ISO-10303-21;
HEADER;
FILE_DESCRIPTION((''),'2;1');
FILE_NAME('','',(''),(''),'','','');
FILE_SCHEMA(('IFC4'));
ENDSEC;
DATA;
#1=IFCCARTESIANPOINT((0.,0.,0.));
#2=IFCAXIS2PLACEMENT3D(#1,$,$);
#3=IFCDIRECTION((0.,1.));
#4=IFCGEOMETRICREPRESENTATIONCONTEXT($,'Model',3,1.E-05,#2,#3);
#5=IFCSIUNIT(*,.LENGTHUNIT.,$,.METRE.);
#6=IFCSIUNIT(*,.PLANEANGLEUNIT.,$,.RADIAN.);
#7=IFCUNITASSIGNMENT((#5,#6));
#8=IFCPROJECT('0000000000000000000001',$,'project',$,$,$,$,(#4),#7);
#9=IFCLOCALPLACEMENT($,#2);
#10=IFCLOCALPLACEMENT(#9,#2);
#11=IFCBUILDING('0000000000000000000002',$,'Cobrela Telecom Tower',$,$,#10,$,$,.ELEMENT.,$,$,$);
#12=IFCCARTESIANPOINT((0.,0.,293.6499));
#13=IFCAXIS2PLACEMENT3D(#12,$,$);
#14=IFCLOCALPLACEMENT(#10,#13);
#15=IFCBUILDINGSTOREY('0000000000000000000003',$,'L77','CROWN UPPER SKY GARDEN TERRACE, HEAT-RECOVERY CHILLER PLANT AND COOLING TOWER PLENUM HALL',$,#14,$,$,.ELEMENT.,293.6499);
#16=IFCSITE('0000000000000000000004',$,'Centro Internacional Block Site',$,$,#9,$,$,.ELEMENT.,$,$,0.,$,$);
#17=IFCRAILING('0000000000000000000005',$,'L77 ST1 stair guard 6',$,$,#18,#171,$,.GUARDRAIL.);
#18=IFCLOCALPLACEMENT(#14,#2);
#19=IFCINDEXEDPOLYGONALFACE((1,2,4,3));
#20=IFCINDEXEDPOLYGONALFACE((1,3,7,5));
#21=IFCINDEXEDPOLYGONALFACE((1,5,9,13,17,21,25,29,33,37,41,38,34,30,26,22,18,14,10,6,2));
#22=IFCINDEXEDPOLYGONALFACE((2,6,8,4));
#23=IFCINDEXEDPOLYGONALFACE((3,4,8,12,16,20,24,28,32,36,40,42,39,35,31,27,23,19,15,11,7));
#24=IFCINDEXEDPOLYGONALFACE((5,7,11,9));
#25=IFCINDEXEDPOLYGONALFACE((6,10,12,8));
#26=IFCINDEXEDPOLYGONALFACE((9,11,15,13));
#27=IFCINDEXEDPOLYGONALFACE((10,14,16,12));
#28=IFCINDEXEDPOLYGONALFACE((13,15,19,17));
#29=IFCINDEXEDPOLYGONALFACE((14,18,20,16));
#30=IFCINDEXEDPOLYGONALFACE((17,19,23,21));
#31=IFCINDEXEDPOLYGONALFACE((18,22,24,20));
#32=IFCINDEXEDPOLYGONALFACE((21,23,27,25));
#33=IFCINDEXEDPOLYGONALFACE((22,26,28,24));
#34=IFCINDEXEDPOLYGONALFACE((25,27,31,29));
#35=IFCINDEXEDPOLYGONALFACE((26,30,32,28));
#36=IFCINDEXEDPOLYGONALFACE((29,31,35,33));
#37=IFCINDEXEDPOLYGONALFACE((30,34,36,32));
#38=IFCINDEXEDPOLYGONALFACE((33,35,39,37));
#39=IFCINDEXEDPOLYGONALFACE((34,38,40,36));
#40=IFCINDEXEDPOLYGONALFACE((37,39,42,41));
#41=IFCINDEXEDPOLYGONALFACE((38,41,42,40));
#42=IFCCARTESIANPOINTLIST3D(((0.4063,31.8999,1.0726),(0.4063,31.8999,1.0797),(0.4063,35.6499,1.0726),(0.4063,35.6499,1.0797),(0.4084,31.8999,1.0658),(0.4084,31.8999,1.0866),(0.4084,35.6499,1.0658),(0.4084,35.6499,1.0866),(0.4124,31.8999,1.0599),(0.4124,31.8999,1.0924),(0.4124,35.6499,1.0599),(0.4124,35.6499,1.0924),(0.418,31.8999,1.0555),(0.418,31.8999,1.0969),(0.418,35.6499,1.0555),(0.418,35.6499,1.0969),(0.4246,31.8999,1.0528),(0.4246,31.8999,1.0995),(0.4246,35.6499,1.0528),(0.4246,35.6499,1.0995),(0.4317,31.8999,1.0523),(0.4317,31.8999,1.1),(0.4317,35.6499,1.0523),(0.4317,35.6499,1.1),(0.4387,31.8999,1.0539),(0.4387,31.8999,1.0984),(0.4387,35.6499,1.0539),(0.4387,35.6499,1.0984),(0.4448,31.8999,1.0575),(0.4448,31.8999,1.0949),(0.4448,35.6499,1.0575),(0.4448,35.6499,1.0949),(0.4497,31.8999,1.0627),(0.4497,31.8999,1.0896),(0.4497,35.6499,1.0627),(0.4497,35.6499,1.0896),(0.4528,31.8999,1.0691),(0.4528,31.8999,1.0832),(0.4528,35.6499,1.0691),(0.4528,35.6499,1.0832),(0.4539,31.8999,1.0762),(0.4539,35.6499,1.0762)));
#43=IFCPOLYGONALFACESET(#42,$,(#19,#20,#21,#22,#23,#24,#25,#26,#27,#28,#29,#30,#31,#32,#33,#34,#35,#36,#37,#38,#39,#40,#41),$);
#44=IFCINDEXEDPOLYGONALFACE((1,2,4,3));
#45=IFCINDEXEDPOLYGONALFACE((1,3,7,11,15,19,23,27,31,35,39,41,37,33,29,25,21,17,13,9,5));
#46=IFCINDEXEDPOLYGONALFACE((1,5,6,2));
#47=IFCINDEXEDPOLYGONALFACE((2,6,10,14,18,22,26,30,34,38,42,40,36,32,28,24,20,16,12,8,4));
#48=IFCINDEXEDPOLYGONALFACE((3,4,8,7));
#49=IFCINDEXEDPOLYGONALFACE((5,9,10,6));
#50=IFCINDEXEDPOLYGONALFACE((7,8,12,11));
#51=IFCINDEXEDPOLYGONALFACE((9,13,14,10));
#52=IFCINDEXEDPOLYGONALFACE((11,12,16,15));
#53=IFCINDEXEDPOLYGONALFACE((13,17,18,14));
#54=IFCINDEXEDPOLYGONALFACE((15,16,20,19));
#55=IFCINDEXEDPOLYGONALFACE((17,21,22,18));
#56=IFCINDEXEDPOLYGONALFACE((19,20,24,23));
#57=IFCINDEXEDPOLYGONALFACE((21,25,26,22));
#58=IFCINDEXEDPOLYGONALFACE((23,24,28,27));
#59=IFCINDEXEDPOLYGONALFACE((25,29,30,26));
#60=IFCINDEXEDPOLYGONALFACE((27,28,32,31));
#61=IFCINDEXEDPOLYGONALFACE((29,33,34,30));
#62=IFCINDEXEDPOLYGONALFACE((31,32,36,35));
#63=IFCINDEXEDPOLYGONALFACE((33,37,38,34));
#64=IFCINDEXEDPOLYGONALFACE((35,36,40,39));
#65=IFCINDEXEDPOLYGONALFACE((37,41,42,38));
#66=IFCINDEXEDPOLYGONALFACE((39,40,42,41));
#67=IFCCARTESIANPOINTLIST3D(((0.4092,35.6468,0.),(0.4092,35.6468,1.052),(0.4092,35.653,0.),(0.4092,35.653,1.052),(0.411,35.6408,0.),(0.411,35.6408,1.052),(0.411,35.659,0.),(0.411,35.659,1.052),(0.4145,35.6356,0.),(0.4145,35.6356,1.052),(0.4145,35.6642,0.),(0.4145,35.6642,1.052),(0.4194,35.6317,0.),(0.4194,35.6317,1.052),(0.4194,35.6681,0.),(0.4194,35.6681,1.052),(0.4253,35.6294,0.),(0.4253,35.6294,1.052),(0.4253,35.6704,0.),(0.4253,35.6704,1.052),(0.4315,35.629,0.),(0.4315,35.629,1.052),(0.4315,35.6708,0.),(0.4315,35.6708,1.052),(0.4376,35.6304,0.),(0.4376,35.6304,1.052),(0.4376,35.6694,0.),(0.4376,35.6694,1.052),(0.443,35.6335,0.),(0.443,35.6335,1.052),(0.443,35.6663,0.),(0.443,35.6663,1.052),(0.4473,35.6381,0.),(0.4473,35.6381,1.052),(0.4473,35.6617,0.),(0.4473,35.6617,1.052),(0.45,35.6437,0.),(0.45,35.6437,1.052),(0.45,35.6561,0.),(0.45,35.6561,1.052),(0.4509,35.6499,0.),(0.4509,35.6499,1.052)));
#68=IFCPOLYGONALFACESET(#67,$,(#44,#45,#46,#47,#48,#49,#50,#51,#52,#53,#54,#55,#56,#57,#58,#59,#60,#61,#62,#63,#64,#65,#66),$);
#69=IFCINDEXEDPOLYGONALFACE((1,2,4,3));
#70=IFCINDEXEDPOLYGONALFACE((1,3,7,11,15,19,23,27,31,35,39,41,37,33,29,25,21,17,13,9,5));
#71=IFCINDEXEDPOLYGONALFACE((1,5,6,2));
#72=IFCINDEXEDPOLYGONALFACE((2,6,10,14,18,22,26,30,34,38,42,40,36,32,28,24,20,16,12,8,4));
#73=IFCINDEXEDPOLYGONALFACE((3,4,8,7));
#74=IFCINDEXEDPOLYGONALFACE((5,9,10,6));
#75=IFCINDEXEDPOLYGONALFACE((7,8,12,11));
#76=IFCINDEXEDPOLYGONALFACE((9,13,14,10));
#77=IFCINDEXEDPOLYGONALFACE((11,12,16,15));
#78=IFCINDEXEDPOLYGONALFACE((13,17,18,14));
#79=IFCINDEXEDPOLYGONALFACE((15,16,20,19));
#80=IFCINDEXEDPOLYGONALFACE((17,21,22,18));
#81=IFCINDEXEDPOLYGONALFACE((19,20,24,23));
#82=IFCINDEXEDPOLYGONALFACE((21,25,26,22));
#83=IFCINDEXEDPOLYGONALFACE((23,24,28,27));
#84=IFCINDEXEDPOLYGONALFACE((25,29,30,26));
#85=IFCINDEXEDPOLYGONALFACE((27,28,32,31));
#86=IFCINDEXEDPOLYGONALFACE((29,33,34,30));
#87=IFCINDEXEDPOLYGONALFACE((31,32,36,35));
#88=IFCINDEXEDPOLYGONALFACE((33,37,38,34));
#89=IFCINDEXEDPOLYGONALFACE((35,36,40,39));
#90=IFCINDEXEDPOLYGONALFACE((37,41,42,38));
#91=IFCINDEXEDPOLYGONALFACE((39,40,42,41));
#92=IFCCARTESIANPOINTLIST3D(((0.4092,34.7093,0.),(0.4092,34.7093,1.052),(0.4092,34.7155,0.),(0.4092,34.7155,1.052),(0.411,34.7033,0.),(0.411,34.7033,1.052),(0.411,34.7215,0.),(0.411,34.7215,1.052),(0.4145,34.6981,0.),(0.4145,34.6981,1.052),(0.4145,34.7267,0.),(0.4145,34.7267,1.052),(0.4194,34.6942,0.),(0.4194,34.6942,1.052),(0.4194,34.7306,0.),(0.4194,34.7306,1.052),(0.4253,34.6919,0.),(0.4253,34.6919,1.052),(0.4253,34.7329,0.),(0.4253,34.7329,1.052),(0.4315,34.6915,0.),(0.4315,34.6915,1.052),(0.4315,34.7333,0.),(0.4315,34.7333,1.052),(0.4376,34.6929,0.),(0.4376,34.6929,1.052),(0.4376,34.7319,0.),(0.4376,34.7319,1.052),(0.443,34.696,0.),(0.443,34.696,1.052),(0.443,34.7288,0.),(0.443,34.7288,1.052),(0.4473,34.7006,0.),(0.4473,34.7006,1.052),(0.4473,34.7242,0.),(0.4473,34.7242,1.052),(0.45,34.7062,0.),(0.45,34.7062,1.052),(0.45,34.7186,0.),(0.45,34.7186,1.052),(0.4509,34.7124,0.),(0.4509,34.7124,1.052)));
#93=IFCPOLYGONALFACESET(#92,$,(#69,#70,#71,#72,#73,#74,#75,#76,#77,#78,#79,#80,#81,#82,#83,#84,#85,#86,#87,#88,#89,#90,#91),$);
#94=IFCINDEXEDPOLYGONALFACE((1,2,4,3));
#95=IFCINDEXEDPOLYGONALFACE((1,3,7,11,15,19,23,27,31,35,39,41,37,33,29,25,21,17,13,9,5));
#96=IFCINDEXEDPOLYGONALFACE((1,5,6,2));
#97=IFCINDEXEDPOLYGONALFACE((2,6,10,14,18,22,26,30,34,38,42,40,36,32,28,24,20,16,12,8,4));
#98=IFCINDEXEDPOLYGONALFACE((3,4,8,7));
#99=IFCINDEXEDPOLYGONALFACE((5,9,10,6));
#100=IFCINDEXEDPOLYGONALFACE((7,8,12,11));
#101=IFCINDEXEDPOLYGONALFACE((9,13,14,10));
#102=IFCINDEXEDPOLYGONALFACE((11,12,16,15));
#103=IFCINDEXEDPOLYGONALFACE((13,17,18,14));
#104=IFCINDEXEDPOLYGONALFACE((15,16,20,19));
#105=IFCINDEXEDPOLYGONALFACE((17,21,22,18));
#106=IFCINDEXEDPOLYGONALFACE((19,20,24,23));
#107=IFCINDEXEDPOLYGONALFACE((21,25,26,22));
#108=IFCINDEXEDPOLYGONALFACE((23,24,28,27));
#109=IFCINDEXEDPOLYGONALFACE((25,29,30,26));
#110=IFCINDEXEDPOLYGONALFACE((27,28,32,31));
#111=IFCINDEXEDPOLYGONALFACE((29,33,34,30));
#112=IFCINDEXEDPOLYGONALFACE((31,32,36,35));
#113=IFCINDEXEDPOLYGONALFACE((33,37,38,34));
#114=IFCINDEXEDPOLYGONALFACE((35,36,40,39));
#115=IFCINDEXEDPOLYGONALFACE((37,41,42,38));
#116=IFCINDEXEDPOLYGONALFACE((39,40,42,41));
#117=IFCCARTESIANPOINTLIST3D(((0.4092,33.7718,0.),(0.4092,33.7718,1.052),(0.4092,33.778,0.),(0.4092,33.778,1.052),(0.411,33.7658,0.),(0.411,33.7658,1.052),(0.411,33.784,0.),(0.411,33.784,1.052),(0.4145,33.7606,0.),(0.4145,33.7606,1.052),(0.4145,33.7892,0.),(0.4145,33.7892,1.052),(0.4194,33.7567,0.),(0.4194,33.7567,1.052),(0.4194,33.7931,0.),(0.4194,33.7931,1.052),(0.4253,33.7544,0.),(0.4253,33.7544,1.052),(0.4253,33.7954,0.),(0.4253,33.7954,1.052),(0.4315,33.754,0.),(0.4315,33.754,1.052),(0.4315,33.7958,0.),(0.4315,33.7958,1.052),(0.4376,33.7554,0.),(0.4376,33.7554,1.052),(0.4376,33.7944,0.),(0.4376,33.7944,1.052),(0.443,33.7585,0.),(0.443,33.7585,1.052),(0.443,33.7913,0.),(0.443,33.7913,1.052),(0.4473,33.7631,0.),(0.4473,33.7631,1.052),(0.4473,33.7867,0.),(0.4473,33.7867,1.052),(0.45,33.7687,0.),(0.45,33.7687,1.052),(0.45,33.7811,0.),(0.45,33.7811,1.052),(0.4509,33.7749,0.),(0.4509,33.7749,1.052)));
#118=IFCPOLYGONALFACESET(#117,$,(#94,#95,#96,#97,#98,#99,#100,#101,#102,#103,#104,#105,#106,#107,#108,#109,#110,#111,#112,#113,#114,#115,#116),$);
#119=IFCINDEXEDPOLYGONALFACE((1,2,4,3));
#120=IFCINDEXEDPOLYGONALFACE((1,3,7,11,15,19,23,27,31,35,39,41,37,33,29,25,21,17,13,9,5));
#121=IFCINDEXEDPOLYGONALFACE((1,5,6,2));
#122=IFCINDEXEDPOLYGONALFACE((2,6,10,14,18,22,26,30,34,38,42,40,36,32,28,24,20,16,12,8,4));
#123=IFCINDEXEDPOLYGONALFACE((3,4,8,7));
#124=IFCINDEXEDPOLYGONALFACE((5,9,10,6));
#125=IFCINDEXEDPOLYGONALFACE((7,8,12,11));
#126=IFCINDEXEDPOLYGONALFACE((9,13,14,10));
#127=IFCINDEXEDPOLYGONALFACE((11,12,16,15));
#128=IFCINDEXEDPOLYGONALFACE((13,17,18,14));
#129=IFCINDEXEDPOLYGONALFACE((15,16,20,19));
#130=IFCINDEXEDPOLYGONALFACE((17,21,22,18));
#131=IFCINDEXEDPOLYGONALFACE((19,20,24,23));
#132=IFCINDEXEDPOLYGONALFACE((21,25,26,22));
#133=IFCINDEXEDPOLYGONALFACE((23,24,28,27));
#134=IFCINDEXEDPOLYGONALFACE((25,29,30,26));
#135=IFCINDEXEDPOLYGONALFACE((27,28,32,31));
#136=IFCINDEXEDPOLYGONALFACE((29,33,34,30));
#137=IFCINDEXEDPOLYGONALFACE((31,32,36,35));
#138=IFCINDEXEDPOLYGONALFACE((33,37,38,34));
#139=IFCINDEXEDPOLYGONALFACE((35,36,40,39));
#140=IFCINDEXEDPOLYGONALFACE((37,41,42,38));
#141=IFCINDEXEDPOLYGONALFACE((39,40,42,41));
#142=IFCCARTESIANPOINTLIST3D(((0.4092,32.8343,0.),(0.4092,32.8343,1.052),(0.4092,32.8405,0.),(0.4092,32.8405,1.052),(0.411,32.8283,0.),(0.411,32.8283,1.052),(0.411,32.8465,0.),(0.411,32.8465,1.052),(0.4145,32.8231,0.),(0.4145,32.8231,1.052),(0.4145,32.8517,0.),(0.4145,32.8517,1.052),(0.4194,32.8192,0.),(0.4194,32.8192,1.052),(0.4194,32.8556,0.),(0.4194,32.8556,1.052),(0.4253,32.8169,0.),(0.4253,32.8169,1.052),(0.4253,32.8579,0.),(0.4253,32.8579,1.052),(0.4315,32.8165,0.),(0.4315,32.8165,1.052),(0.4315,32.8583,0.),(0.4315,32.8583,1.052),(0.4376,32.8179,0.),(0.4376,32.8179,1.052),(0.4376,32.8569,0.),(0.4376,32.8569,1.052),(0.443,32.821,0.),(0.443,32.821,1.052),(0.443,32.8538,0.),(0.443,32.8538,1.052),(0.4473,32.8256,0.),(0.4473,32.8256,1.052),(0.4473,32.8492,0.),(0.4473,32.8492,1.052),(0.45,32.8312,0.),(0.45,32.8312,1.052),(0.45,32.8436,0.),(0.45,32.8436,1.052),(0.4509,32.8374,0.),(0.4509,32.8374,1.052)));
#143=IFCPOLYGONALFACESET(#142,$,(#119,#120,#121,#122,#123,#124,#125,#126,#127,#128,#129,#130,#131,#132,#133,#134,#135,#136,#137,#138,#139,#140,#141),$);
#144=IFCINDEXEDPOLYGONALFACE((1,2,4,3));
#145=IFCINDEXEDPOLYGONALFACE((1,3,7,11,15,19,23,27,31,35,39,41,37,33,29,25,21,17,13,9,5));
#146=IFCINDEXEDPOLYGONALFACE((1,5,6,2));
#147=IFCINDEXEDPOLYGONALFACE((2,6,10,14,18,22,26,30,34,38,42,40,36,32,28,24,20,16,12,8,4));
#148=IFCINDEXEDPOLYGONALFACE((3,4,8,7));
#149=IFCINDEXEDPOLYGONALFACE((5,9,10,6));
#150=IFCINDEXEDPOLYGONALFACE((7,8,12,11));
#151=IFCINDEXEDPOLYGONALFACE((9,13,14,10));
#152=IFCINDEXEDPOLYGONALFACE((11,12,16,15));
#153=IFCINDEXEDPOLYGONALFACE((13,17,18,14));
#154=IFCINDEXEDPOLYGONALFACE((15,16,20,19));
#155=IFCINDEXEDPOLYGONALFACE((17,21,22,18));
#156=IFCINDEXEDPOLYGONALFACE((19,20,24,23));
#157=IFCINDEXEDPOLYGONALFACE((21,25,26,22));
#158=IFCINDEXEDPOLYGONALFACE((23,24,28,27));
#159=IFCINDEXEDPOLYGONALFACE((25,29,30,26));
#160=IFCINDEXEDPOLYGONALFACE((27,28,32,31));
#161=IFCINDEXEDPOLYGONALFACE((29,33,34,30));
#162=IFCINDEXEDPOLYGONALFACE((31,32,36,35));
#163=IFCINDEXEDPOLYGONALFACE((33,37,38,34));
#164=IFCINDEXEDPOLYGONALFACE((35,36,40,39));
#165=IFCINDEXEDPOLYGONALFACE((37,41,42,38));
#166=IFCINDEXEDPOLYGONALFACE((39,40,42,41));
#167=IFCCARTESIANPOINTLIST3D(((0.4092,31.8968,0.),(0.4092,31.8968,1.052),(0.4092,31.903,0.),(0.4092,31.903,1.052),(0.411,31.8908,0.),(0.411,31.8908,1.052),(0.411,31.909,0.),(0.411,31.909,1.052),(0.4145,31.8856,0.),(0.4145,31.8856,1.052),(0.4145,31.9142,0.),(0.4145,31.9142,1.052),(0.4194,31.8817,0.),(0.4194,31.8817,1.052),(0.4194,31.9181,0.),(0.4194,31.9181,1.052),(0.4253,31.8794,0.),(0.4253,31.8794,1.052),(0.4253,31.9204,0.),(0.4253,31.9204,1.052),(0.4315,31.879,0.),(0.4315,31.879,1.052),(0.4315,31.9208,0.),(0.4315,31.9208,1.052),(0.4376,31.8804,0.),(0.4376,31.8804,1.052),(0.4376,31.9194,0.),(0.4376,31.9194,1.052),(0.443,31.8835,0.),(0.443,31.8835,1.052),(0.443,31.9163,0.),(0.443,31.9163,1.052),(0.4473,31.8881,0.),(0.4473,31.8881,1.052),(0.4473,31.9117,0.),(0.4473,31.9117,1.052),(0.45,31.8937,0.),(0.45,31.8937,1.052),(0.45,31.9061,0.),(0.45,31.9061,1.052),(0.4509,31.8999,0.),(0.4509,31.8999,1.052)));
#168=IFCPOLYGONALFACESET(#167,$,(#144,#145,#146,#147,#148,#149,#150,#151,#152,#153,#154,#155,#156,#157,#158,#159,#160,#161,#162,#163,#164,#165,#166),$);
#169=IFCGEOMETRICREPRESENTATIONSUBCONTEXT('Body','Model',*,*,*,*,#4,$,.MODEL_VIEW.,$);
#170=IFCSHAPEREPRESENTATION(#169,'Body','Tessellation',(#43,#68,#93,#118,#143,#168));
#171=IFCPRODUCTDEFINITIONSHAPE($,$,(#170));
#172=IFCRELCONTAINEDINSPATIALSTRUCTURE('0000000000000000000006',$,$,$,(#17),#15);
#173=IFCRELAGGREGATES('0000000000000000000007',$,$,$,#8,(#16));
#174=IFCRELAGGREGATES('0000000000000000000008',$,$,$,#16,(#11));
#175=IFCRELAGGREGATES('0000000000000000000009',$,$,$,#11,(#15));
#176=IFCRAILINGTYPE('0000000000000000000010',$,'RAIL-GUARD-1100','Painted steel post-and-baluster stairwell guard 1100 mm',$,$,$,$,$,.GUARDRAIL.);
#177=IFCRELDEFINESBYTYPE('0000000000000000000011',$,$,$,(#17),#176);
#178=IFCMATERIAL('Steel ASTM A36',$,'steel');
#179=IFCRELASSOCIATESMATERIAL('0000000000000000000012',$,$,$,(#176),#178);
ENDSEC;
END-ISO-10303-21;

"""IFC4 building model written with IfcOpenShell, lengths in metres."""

from ifc_helpers import new_model, si_unit, direction, frame, origin, origin_2d, place, context, subcontext, project, spatial, circle, extrude, material, type_object, element, save


model = new_model("IFC4")

# Units and contexts
model_context = context("Model", 3, precision=1e-05, world=origin(), true_north=direction((0.0, 1.0)))
body_context = subcontext(model_context, "Body", "Model", "MODEL_VIEW")
ifc_project = project(units=[si_unit("LENGTHUNIT", "METRE"), si_unit("PLANEANGLEUNIT", "RADIAN")], contexts=[model_context])

# Site, building, storey
site_placement = place(None, origin())
site = spatial("IfcSite", under=ifc_project, at=site_placement, Name="Centro Internacional Block Site", CompositionType="ELEMENT", RefElevation=0.0)
building_placement = place(site_placement, origin())
building = spatial("IfcBuilding", under=site, at=building_placement, Name="Cobrela Telecom Tower", CompositionType="ELEMENT")
storey_placement = place(building_placement, frame((0.0, 0.0, 293.6499)))
storey = spatial("IfcBuildingStorey", under=building, at=storey_placement, Name="L77", Description="CROWN UPPER SKY GARDEN TERRACE, HEAT-RECOVERY CHILLER PLANT AND COOLING TOWER PLENUM HALL", CompositionType="ELEMENT", Elevation=293.6499)

# Shared definitions
ifc_material_1 = material(Name="Steel ASTM A36", Category="steel")

# Railing
railing_type_1 = type_object("IfcRailingType", Name="RAIL-GUARD-1100", Description="Painted steel post-and-baluster stairwell guard 1100 mm", PredefinedType="GUARDRAIL", material=ifc_material_1)
railing_1_placement = place(storey_placement, frame((0.4299, 35.6499, 0.0)))
element("IfcRailing", 1, at=railing_1_placement, inside=storey, type_object=railing_type_1, Name="L77 ST1 stair guard 6", PredefinedType="GUARDRAIL", context=body_context, shape_type="SweptSolid", body=[
    extrude(circle(Radius=0.0239, at=origin_2d()), frame((0.0, 0.0, 1.0762), z_axis=(0.0, -1.0, 0.0), x_axis=(1.0, 0.0, 0.0)), (0.0, 0.0, 1.0), 3.75),
    extrude(circle(Radius=0.021, at=origin_2d()), origin(), (0.0, 0.0, 1.0), 1.052),
    extrude(circle(Radius=0.021, at=origin_2d()), frame((0.0, -0.9375, 0.0)), (0.0, 0.0, 1.0), 1.052),
    extrude(circle(Radius=0.021, at=origin_2d()), frame((0.0, -1.875, 0.0)), (0.0, 0.0, 1.0), 1.052),
    extrude(circle(Radius=0.021, at=origin_2d()), frame((0.0, -2.8125, 0.0)), (0.0, 0.0, 1.0), 1.052),
    extrude(circle(Radius=0.021, at=origin_2d()), frame((0.0, -3.75, 0.0)), (0.0, 0.0, 1.0), 1.052),
])

save(model, "model.ifc")
